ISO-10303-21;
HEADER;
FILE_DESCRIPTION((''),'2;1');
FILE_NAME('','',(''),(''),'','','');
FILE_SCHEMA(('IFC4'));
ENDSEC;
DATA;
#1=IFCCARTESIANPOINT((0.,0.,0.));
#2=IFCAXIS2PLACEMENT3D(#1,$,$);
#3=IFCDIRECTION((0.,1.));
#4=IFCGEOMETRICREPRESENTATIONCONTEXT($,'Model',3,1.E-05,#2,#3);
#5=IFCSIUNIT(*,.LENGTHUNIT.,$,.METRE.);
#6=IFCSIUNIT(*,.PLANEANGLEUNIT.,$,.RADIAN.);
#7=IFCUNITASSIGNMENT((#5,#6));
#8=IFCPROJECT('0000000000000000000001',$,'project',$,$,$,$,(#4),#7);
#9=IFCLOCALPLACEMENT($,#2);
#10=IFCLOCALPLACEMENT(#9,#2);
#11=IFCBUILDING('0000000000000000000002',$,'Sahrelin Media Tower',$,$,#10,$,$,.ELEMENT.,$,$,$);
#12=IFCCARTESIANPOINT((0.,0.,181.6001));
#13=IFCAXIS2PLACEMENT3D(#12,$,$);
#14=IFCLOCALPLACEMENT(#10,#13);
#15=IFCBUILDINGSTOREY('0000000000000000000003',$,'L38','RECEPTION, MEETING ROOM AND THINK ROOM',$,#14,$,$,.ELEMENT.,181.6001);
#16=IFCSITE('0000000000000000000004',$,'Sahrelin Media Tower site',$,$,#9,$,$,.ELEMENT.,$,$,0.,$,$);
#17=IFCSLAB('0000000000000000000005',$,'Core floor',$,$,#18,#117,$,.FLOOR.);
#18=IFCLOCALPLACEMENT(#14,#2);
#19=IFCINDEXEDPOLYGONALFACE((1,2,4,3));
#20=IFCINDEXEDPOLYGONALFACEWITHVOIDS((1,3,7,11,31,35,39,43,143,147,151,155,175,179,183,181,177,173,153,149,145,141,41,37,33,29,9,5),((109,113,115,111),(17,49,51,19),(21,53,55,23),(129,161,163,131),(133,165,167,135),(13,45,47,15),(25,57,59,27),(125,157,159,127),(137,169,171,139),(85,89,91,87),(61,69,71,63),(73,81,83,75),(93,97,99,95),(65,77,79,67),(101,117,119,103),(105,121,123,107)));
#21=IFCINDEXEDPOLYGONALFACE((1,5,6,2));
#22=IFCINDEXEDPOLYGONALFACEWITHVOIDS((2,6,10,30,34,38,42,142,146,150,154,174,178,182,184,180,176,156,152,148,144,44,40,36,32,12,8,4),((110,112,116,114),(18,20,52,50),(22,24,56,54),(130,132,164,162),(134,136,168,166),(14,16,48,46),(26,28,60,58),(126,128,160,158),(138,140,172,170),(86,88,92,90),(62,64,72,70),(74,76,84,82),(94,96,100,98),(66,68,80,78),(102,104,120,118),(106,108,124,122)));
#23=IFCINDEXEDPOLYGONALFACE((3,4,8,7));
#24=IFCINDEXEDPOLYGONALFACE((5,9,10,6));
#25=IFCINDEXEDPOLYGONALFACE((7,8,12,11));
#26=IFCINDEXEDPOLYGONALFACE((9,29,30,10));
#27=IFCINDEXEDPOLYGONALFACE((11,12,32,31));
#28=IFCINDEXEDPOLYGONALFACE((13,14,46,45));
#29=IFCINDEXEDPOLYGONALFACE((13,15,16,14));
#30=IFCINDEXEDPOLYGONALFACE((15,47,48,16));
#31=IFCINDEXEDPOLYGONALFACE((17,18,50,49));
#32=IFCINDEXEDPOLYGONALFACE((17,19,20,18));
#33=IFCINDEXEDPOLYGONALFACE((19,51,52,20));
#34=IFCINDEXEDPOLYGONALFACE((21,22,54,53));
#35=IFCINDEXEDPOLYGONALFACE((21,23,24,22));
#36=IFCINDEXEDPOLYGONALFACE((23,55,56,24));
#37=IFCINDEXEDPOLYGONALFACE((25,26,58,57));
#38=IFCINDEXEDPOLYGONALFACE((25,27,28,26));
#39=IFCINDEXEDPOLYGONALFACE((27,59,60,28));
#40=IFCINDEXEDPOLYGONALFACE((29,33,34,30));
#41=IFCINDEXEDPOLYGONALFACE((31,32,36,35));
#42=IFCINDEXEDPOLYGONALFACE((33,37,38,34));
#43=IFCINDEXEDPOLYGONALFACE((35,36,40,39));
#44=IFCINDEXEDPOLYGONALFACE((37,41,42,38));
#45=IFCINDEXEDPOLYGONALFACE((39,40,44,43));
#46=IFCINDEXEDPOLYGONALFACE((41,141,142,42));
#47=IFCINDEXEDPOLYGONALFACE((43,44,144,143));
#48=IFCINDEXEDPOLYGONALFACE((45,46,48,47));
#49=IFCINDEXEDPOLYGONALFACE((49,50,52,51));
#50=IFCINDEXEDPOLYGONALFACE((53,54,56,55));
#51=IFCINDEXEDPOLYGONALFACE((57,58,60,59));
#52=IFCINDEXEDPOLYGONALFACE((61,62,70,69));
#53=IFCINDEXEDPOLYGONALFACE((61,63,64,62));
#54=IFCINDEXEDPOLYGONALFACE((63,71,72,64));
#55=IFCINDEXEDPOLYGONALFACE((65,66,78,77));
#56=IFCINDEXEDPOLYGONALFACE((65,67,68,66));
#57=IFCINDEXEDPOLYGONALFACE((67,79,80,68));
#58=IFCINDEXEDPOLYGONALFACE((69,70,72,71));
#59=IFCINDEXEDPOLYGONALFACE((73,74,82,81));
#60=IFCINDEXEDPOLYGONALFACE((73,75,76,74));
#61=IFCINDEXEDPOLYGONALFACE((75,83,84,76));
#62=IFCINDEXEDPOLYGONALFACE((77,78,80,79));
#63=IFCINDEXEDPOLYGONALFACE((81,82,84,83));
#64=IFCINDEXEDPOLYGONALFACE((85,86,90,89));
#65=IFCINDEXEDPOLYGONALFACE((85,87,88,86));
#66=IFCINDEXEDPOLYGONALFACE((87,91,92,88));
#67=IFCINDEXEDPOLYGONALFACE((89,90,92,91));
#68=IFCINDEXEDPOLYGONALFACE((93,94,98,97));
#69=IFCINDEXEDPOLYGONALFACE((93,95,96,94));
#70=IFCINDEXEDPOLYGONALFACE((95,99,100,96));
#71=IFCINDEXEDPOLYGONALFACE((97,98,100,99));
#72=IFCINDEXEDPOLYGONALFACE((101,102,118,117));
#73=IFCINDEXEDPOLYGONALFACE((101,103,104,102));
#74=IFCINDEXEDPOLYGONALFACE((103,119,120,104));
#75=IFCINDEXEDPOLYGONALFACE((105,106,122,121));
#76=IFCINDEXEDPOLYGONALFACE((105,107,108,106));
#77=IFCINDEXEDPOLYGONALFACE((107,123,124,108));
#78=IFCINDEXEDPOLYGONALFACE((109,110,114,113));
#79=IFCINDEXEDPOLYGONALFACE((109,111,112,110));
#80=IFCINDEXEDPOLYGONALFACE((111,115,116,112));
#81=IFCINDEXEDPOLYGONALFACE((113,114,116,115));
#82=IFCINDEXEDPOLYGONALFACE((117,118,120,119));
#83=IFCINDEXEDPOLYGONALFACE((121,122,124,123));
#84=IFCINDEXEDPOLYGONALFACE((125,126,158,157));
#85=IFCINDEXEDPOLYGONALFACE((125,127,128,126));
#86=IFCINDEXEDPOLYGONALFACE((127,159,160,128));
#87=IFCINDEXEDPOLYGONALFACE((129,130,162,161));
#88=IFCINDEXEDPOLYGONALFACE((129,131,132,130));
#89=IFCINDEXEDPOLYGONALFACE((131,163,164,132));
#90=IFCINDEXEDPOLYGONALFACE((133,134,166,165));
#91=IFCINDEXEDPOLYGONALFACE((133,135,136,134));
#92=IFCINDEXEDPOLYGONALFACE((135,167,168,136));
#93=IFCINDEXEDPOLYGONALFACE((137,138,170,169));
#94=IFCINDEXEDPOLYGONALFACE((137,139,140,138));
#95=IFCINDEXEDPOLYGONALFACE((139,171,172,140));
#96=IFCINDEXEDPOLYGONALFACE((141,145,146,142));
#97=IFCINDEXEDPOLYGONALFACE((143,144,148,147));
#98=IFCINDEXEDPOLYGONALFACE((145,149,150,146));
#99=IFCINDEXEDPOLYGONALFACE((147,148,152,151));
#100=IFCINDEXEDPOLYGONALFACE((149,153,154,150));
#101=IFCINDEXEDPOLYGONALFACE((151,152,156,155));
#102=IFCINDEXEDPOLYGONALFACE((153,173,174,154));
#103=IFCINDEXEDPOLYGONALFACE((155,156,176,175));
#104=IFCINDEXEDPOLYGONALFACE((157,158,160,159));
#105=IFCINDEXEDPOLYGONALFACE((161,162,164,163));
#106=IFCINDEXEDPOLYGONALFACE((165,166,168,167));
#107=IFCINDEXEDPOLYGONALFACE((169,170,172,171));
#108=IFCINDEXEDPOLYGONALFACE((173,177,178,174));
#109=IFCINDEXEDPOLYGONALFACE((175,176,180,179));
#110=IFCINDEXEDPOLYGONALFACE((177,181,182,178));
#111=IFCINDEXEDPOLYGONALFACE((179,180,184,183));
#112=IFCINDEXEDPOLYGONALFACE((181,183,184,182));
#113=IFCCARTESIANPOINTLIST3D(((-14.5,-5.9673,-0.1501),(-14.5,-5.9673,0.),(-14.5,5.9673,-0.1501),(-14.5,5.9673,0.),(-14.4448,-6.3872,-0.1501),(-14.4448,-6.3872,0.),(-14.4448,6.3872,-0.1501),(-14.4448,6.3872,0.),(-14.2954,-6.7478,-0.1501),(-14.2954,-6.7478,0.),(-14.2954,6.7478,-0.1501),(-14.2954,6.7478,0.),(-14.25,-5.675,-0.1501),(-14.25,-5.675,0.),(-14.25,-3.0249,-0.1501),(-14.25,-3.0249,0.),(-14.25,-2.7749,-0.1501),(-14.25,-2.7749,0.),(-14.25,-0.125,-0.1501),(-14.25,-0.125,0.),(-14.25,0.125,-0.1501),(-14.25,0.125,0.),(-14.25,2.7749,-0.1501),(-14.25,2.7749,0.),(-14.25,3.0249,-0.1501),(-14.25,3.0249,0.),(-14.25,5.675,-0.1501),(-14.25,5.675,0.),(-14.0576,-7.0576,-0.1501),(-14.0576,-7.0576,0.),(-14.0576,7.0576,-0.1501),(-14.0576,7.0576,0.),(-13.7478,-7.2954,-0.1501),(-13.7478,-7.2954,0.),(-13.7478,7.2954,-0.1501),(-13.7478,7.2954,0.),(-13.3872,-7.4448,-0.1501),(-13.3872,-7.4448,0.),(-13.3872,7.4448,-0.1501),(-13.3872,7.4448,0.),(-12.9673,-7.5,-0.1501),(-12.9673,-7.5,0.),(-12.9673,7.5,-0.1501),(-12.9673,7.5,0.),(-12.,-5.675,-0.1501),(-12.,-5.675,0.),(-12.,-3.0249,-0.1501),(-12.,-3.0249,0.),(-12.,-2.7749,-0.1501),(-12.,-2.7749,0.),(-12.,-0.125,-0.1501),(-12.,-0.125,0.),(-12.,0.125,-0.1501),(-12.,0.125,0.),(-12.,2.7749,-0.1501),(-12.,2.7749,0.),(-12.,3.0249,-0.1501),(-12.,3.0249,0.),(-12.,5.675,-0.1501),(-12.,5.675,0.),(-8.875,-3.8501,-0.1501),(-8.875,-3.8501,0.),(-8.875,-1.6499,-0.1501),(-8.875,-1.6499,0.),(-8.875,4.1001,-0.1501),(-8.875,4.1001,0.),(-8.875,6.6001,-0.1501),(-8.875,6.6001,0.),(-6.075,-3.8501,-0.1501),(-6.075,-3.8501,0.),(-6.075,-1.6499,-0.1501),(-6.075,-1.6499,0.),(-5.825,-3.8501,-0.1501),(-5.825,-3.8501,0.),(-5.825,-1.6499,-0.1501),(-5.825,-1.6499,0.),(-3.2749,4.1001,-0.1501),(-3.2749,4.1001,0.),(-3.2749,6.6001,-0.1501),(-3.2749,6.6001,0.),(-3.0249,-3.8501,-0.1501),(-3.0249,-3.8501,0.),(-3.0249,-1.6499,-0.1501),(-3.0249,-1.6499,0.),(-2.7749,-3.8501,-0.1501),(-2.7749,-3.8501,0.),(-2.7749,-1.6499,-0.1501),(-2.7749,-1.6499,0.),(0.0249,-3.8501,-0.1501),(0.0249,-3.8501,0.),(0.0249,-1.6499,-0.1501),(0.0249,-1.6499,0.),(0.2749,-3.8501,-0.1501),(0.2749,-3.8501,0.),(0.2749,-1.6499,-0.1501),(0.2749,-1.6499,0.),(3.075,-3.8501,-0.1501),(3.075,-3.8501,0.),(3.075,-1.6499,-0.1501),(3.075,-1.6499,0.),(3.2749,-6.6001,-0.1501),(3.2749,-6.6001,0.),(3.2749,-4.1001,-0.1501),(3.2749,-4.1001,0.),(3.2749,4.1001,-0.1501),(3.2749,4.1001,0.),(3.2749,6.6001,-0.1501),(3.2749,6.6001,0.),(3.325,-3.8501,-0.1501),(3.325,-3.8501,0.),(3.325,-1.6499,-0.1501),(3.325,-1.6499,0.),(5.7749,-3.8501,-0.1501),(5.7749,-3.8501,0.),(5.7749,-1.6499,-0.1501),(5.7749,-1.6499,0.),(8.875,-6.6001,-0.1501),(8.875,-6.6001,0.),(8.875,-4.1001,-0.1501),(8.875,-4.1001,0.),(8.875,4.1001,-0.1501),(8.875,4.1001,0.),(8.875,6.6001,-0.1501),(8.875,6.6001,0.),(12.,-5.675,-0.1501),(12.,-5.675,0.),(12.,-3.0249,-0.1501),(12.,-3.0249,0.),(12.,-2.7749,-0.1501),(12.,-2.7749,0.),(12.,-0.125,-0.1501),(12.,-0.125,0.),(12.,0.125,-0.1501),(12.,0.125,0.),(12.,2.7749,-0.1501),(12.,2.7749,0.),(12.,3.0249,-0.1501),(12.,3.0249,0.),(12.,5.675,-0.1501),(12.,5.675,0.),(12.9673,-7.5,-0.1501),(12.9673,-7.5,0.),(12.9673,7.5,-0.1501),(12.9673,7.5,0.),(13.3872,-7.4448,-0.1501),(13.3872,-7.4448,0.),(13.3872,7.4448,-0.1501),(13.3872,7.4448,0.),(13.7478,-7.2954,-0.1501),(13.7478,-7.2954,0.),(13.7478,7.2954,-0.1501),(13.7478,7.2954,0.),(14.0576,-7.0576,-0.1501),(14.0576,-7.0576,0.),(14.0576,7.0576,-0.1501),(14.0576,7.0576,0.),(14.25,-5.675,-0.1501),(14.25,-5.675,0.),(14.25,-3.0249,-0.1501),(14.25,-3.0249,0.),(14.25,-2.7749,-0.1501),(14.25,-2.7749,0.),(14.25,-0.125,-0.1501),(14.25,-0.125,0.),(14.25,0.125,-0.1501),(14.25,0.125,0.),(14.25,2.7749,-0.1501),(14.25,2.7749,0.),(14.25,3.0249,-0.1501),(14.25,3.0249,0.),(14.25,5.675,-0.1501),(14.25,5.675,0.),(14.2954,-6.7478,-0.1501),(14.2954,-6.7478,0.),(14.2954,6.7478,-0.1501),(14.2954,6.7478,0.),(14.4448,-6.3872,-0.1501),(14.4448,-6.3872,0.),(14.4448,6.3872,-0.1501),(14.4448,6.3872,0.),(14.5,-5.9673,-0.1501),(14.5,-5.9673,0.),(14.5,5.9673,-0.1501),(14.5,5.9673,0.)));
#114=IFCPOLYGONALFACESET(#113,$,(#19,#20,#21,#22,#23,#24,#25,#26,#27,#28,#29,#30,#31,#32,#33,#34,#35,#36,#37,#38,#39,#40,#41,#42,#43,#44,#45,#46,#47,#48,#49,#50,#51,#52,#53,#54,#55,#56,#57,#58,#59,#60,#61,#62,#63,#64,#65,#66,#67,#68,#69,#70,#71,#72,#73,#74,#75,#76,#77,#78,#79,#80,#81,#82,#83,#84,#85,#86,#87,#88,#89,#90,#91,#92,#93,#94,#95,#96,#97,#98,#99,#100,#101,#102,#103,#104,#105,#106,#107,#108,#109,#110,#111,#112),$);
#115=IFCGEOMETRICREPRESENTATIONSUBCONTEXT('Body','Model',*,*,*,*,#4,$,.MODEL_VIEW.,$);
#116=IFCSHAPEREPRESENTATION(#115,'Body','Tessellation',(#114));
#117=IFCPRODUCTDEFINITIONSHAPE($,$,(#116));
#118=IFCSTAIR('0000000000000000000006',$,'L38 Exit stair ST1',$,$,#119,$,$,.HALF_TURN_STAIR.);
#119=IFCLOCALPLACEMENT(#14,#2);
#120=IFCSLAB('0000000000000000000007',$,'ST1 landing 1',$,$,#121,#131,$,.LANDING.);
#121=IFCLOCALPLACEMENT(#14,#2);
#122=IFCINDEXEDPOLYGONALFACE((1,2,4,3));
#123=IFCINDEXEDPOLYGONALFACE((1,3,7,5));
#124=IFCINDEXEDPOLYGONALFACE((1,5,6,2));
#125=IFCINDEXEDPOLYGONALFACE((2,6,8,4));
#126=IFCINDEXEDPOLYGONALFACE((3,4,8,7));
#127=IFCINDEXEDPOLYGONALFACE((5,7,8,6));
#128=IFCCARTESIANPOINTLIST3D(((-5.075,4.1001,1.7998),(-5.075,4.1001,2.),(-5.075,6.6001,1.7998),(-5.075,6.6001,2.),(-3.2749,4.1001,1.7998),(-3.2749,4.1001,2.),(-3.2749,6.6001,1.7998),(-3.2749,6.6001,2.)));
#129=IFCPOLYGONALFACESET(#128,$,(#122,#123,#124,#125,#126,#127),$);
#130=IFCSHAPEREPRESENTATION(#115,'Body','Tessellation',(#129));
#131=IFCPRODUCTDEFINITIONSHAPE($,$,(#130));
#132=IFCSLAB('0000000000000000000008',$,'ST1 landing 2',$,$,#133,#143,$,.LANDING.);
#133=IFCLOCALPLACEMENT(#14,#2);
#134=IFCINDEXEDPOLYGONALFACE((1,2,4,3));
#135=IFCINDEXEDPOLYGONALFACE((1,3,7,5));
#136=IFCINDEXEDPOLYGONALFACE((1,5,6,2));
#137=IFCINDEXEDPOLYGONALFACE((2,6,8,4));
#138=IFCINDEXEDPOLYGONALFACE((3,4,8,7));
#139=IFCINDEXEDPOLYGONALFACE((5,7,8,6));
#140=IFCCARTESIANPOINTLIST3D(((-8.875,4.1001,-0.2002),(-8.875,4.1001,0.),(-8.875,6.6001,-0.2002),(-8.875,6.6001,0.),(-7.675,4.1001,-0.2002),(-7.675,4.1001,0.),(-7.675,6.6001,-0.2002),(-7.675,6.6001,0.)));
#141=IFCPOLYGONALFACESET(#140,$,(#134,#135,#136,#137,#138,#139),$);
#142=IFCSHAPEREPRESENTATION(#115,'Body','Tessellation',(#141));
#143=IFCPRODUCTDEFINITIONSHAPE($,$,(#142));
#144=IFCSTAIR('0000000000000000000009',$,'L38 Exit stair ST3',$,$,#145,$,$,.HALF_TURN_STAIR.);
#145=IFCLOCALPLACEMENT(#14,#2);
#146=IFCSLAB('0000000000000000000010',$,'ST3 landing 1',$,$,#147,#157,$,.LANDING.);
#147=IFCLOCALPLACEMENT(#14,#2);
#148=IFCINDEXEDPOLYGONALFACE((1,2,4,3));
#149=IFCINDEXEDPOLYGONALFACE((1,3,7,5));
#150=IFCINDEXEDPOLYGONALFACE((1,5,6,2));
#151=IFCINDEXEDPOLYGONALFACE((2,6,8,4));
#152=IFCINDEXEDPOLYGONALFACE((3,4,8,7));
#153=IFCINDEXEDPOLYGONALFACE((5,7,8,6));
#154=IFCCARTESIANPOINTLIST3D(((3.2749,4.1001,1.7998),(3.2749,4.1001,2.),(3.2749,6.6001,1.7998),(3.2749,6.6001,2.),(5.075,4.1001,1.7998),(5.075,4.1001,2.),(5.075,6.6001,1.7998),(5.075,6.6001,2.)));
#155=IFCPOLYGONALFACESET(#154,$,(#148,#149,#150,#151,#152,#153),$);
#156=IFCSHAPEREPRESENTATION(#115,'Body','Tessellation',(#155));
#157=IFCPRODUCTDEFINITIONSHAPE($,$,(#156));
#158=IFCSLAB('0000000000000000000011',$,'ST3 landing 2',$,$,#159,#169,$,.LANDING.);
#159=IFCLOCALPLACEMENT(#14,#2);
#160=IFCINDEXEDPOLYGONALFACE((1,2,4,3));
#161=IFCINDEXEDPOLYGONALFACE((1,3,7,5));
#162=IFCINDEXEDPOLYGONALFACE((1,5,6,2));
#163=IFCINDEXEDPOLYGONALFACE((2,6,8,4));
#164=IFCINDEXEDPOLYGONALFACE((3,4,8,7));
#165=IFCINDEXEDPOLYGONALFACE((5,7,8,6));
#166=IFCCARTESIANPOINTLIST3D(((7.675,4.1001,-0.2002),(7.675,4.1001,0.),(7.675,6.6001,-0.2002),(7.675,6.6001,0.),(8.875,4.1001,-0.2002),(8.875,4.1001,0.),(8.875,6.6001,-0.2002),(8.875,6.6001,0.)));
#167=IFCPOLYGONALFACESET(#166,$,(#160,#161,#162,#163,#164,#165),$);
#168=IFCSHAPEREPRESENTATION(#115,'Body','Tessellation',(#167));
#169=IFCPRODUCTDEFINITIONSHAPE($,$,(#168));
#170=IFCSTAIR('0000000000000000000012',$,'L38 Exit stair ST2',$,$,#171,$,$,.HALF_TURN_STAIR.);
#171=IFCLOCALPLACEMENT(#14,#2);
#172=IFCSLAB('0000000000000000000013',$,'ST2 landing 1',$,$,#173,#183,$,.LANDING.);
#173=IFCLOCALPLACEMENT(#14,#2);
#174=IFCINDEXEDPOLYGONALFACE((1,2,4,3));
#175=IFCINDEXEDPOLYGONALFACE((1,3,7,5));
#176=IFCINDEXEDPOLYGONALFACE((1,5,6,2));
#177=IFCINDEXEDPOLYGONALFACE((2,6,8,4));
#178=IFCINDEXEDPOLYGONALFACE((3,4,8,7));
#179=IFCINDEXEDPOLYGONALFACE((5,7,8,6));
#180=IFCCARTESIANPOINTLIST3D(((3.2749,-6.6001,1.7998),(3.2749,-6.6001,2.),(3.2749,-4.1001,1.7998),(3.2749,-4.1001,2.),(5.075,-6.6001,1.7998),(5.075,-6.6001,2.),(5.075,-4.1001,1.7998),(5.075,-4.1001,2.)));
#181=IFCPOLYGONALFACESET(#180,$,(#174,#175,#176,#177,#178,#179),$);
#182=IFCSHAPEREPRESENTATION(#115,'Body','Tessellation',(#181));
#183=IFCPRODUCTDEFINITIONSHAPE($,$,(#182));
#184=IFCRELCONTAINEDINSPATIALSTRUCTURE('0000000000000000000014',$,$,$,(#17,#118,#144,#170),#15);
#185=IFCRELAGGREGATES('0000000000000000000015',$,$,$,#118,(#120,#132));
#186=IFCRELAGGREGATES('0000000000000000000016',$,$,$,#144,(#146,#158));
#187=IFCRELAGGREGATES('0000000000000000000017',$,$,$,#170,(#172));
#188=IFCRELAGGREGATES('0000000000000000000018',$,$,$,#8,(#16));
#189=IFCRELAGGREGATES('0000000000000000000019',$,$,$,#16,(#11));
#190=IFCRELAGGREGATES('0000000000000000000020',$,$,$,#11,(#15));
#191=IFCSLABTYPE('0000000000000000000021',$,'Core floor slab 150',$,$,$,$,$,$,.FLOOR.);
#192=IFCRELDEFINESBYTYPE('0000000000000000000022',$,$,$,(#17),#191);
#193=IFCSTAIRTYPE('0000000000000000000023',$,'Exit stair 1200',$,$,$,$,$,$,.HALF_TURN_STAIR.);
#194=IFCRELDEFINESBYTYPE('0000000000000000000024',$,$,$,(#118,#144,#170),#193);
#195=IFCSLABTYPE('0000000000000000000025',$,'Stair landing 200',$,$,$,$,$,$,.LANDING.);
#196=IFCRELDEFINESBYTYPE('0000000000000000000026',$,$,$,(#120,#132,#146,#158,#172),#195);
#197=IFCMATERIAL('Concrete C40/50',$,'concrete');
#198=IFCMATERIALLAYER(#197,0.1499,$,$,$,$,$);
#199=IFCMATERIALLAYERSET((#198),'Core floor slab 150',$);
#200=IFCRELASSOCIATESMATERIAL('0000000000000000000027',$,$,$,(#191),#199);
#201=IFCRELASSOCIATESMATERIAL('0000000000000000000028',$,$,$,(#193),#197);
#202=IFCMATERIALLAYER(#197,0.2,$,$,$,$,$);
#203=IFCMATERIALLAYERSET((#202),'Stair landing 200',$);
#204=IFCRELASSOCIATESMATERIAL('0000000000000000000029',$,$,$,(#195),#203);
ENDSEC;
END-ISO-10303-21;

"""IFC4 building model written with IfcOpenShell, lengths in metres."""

from ifc_helpers import new_model, si_unit, direction, frame, origin, place, context, subcontext, project, spatial, polyline, outline, extrude, material, layer, layer_set, type_object, element, aggregate, save


model = new_model("IFC4")

# Units and contexts
model_context = context("Model", 3, precision=1e-05, world=origin(), true_north=direction((0.0, 1.0)))
body_context = subcontext(model_context, "Body", "Model", "MODEL_VIEW")
ifc_project = project(units=[si_unit("LENGTHUNIT", "METRE"), si_unit("PLANEANGLEUNIT", "RADIAN")], contexts=[model_context])

# Site, building, storey
site_placement = place(None, origin())
site = spatial("IfcSite", under=ifc_project, at=site_placement, Name="Sahrelin Media Tower site", CompositionType="ELEMENT", RefElevation=0.0)
building_placement = place(site_placement, origin())
building = spatial("IfcBuilding", under=site, at=building_placement, Name="Sahrelin Media Tower", CompositionType="ELEMENT")
storey_placement = place(building_placement, frame((0.0, 0.0, 181.6001)))
storey = spatial("IfcBuildingStorey", under=building, at=storey_placement, Name="L38", Description="RECEPTION, MEETING ROOM AND THINK ROOM", CompositionType="ELEMENT", Elevation=181.6001)

# Slab
ifc_material_1 = material(Name="Concrete C40/50", Category="concrete")
ifc_layer_1 = layer(ifc_material_1, 0.1499)
ifc_layer_set_1 = layer_set([ifc_layer_1], Name="Core floor slab 150")
slab_type_1 = type_object("IfcSlabType", Name="Core floor slab 150", PredefinedType="FLOOR", material=ifc_layer_set_1)
slab_1_placement = place(storey_placement, frame((0.0, 0.0, -0.1501)))
element("IfcSlab", 1, at=slab_1_placement, inside=storey, type_object=slab_type_1, Name="Core floor", PredefinedType="FLOOR", context=body_context, shape_type="SweptSolid", body=[
    extrude(outline(polyline([(-14.4448, 6.3872), (-14.5, 5.9673), (-14.5, -5.9673), (-14.4448, -6.3872), (-14.2954, -6.7478), (-14.0576, -7.0576), (-13.7478, -7.2954), (-13.3872, -7.4448), (-12.9673, -7.5), (12.9673, -7.5), (13.3872, -7.4448), (13.7478, -7.2954), (14.0576, -7.0576), (14.2954, -6.7478), (14.4448, -6.3872), (14.5, -5.9673), (14.5, 5.9673), (14.4448, 6.3872), (14.2954, 6.7478), (14.0576, 7.0576), (13.7478, 7.2954), (13.3872, 7.4448), (12.9673, 7.5), (-12.9673, 7.5), (-13.3872, 7.4448), (-13.7478, 7.2954), (-14.0576, 7.0576), (-14.2954, 6.7478), (-14.4448, 6.3872)]), holes=[polyline([(-12.0, 3.0249), (-12.0, 5.675), (-14.25, 5.675), (-14.25, 3.0249), (-12.0, 3.0249)]), polyline([(-14.25, 0.125), (-12.0, 0.125), (-12.0, 2.7749), (-14.25, 2.7749), (-14.25, 0.125)]), polyline([(-14.25, -0.125), (-14.25, -2.7749), (-12.0, -2.7749), (-12.0, -0.125), (-14.25, -0.125)]), polyline([(-12.0, -3.0249), (-14.25, -3.0249), (-14.25, -5.675), (-12.0, -5.675), (-12.0, -3.0249)]), polyline([(14.25, 3.0249), (14.25, 5.675), (12.0, 5.675), (12.0, 3.0249), (14.25, 3.0249)]), polyline([(12.0, 0.125), (14.25, 0.125), (14.25, 2.7749), (12.0, 2.7749), (12.0, 0.125)]), polyline([(12.0, -0.125), (12.0, -2.7749), (14.25, -2.7749), (14.25, -0.125), (12.0, -0.125)]), polyline([(14.25, -3.0249), (12.0, -3.0249), (12.0, -5.675), (14.25, -5.675), (14.25, -3.0249)]), polyline([(-6.075, -3.8501), (-6.075, -1.6499), (-8.875, -1.6499), (-8.875, -3.8501), (-6.075, -3.8501)]), polyline([(-5.825, -3.8501), (-3.0249, -3.8501), (-3.0249, -1.6499), (-5.825, -1.6499), (-5.825, -3.8501)]), polyline([(-2.7749, -1.6499), (-2.7749, -3.8501), (0.0249, -3.8501), (0.0249, -1.6499), (-2.7749, -1.6499)]), polyline([(3.075, -1.6499), (0.2749, -1.6499), (0.2749, -3.8501), (3.075, -3.8501), (3.075, -1.6499)]), polyline([(5.7749, -3.8501), (5.7749, -1.6499), (3.325, -1.6499), (3.325, -3.8501), (5.7749, -3.8501)]), polyline([(-8.875, 6.6001), (-8.875, 4.1001), (-3.2749, 4.1001), (-3.2749, 6.6001), (-8.875, 6.6001)]), polyline([(3.2749, 4.1001), (8.875, 4.1001), (8.875, 6.6001), (3.2749, 6.6001), (3.2749, 4.1001)]), polyline([(3.2749, -4.1001), (3.2749, -6.6001), (8.875, -6.6001), (8.875, -4.1001), (3.2749, -4.1001)])]), origin(), (0.0, 0.0, 1.0), 0.1501),
])

# Stairs, slabs
stair_type = type_object("IfcStairType", Name="Exit stair 1200", PredefinedType="HALF_TURN_STAIR", material=ifc_material_1)
placement_1 = place(storey_placement, origin())
stair_1 = element("IfcStair", 2, at=placement_1, inside=storey, type_object=stair_type, Name="L38 Exit stair ST1", PredefinedType="HALF_TURN_STAIR")
ifc_layer_2 = layer(ifc_material_1, 0.2)
ifc_layer_set_2 = layer_set([ifc_layer_2], Name="Stair landing 200")
slab_type_2 = type_object("IfcSlabType", Name="Stair landing 200", PredefinedType="LANDING", material=ifc_layer_set_2)
placement_2 = place(storey_placement, frame((0.0, 0.0, 1.7998)))
slab_2 = element("IfcSlab", 3, at=placement_2, type_object=slab_type_2, Name="ST1 landing 1", PredefinedType="LANDING", context=body_context, shape_type="SweptSolid", body=[
    extrude(outline(polyline([(-5.075, 4.1001), (-3.2749, 4.1001), (-3.2749, 6.6001), (-5.075, 6.6001), (-5.075, 4.1001)])), origin(), (0.0, 0.0, 1.0), 0.2002),
])
placement_3 = place(storey_placement, frame((0.0, 0.0, -0.2002)))
slab_3 = element("IfcSlab", 4, at=placement_3, type_object=slab_type_2, Name="ST1 landing 2", PredefinedType="LANDING", context=body_context, shape_type="SweptSolid", body=[
    extrude(outline(polyline([(-8.875, 4.1001), (-7.675, 4.1001), (-7.675, 6.6001), (-8.875, 6.6001), (-8.875, 4.1001)])), origin(), (0.0, 0.0, 1.0), 0.2002),
])
aggregate(stair_1, [slab_2, slab_3])
stair_2 = element("IfcStair", 5, at=placement_1, inside=storey, type_object=stair_type, Name="L38 Exit stair ST3", PredefinedType="HALF_TURN_STAIR")
slab_4 = element("IfcSlab", 6, at=placement_2, type_object=slab_type_2, Name="ST3 landing 1", PredefinedType="LANDING", context=body_context, shape_type="SweptSolid", body=[
    extrude(outline(polyline([(5.075, 6.6001), (3.2749, 6.6001), (3.2749, 4.1001), (5.075, 4.1001), (5.075, 6.6001)])), origin(), (0.0, 0.0, 1.0), 0.2002),
])
slab_5 = element("IfcSlab", 7, at=placement_3, type_object=slab_type_2, Name="ST3 landing 2", PredefinedType="LANDING", context=body_context, shape_type="SweptSolid", body=[
    extrude(outline(polyline([(8.875, 6.6001), (7.675, 6.6001), (7.675, 4.1001), (8.875, 4.1001), (8.875, 6.6001)])), origin(), (0.0, 0.0, 1.0), 0.2002),
])
aggregate(stair_2, [slab_4, slab_5])
stair_3 = element("IfcStair", 8, at=placement_1, inside=storey, type_object=stair_type, Name="L38 Exit stair ST2", PredefinedType="HALF_TURN_STAIR")
slab_6 = element("IfcSlab", 9, at=placement_2, type_object=slab_type_2, Name="ST2 landing 1", PredefinedType="LANDING", context=body_context, shape_type="SweptSolid", body=[
    extrude(outline(polyline([(5.075, -4.1001), (3.2749, -4.1001), (3.2749, -6.6001), (5.075, -6.6001), (5.075, -4.1001)])), origin(), (0.0, 0.0, 1.0), 0.2002),
])
aggregate(stair_3, [slab_6])

save(model, "model.ifc")
